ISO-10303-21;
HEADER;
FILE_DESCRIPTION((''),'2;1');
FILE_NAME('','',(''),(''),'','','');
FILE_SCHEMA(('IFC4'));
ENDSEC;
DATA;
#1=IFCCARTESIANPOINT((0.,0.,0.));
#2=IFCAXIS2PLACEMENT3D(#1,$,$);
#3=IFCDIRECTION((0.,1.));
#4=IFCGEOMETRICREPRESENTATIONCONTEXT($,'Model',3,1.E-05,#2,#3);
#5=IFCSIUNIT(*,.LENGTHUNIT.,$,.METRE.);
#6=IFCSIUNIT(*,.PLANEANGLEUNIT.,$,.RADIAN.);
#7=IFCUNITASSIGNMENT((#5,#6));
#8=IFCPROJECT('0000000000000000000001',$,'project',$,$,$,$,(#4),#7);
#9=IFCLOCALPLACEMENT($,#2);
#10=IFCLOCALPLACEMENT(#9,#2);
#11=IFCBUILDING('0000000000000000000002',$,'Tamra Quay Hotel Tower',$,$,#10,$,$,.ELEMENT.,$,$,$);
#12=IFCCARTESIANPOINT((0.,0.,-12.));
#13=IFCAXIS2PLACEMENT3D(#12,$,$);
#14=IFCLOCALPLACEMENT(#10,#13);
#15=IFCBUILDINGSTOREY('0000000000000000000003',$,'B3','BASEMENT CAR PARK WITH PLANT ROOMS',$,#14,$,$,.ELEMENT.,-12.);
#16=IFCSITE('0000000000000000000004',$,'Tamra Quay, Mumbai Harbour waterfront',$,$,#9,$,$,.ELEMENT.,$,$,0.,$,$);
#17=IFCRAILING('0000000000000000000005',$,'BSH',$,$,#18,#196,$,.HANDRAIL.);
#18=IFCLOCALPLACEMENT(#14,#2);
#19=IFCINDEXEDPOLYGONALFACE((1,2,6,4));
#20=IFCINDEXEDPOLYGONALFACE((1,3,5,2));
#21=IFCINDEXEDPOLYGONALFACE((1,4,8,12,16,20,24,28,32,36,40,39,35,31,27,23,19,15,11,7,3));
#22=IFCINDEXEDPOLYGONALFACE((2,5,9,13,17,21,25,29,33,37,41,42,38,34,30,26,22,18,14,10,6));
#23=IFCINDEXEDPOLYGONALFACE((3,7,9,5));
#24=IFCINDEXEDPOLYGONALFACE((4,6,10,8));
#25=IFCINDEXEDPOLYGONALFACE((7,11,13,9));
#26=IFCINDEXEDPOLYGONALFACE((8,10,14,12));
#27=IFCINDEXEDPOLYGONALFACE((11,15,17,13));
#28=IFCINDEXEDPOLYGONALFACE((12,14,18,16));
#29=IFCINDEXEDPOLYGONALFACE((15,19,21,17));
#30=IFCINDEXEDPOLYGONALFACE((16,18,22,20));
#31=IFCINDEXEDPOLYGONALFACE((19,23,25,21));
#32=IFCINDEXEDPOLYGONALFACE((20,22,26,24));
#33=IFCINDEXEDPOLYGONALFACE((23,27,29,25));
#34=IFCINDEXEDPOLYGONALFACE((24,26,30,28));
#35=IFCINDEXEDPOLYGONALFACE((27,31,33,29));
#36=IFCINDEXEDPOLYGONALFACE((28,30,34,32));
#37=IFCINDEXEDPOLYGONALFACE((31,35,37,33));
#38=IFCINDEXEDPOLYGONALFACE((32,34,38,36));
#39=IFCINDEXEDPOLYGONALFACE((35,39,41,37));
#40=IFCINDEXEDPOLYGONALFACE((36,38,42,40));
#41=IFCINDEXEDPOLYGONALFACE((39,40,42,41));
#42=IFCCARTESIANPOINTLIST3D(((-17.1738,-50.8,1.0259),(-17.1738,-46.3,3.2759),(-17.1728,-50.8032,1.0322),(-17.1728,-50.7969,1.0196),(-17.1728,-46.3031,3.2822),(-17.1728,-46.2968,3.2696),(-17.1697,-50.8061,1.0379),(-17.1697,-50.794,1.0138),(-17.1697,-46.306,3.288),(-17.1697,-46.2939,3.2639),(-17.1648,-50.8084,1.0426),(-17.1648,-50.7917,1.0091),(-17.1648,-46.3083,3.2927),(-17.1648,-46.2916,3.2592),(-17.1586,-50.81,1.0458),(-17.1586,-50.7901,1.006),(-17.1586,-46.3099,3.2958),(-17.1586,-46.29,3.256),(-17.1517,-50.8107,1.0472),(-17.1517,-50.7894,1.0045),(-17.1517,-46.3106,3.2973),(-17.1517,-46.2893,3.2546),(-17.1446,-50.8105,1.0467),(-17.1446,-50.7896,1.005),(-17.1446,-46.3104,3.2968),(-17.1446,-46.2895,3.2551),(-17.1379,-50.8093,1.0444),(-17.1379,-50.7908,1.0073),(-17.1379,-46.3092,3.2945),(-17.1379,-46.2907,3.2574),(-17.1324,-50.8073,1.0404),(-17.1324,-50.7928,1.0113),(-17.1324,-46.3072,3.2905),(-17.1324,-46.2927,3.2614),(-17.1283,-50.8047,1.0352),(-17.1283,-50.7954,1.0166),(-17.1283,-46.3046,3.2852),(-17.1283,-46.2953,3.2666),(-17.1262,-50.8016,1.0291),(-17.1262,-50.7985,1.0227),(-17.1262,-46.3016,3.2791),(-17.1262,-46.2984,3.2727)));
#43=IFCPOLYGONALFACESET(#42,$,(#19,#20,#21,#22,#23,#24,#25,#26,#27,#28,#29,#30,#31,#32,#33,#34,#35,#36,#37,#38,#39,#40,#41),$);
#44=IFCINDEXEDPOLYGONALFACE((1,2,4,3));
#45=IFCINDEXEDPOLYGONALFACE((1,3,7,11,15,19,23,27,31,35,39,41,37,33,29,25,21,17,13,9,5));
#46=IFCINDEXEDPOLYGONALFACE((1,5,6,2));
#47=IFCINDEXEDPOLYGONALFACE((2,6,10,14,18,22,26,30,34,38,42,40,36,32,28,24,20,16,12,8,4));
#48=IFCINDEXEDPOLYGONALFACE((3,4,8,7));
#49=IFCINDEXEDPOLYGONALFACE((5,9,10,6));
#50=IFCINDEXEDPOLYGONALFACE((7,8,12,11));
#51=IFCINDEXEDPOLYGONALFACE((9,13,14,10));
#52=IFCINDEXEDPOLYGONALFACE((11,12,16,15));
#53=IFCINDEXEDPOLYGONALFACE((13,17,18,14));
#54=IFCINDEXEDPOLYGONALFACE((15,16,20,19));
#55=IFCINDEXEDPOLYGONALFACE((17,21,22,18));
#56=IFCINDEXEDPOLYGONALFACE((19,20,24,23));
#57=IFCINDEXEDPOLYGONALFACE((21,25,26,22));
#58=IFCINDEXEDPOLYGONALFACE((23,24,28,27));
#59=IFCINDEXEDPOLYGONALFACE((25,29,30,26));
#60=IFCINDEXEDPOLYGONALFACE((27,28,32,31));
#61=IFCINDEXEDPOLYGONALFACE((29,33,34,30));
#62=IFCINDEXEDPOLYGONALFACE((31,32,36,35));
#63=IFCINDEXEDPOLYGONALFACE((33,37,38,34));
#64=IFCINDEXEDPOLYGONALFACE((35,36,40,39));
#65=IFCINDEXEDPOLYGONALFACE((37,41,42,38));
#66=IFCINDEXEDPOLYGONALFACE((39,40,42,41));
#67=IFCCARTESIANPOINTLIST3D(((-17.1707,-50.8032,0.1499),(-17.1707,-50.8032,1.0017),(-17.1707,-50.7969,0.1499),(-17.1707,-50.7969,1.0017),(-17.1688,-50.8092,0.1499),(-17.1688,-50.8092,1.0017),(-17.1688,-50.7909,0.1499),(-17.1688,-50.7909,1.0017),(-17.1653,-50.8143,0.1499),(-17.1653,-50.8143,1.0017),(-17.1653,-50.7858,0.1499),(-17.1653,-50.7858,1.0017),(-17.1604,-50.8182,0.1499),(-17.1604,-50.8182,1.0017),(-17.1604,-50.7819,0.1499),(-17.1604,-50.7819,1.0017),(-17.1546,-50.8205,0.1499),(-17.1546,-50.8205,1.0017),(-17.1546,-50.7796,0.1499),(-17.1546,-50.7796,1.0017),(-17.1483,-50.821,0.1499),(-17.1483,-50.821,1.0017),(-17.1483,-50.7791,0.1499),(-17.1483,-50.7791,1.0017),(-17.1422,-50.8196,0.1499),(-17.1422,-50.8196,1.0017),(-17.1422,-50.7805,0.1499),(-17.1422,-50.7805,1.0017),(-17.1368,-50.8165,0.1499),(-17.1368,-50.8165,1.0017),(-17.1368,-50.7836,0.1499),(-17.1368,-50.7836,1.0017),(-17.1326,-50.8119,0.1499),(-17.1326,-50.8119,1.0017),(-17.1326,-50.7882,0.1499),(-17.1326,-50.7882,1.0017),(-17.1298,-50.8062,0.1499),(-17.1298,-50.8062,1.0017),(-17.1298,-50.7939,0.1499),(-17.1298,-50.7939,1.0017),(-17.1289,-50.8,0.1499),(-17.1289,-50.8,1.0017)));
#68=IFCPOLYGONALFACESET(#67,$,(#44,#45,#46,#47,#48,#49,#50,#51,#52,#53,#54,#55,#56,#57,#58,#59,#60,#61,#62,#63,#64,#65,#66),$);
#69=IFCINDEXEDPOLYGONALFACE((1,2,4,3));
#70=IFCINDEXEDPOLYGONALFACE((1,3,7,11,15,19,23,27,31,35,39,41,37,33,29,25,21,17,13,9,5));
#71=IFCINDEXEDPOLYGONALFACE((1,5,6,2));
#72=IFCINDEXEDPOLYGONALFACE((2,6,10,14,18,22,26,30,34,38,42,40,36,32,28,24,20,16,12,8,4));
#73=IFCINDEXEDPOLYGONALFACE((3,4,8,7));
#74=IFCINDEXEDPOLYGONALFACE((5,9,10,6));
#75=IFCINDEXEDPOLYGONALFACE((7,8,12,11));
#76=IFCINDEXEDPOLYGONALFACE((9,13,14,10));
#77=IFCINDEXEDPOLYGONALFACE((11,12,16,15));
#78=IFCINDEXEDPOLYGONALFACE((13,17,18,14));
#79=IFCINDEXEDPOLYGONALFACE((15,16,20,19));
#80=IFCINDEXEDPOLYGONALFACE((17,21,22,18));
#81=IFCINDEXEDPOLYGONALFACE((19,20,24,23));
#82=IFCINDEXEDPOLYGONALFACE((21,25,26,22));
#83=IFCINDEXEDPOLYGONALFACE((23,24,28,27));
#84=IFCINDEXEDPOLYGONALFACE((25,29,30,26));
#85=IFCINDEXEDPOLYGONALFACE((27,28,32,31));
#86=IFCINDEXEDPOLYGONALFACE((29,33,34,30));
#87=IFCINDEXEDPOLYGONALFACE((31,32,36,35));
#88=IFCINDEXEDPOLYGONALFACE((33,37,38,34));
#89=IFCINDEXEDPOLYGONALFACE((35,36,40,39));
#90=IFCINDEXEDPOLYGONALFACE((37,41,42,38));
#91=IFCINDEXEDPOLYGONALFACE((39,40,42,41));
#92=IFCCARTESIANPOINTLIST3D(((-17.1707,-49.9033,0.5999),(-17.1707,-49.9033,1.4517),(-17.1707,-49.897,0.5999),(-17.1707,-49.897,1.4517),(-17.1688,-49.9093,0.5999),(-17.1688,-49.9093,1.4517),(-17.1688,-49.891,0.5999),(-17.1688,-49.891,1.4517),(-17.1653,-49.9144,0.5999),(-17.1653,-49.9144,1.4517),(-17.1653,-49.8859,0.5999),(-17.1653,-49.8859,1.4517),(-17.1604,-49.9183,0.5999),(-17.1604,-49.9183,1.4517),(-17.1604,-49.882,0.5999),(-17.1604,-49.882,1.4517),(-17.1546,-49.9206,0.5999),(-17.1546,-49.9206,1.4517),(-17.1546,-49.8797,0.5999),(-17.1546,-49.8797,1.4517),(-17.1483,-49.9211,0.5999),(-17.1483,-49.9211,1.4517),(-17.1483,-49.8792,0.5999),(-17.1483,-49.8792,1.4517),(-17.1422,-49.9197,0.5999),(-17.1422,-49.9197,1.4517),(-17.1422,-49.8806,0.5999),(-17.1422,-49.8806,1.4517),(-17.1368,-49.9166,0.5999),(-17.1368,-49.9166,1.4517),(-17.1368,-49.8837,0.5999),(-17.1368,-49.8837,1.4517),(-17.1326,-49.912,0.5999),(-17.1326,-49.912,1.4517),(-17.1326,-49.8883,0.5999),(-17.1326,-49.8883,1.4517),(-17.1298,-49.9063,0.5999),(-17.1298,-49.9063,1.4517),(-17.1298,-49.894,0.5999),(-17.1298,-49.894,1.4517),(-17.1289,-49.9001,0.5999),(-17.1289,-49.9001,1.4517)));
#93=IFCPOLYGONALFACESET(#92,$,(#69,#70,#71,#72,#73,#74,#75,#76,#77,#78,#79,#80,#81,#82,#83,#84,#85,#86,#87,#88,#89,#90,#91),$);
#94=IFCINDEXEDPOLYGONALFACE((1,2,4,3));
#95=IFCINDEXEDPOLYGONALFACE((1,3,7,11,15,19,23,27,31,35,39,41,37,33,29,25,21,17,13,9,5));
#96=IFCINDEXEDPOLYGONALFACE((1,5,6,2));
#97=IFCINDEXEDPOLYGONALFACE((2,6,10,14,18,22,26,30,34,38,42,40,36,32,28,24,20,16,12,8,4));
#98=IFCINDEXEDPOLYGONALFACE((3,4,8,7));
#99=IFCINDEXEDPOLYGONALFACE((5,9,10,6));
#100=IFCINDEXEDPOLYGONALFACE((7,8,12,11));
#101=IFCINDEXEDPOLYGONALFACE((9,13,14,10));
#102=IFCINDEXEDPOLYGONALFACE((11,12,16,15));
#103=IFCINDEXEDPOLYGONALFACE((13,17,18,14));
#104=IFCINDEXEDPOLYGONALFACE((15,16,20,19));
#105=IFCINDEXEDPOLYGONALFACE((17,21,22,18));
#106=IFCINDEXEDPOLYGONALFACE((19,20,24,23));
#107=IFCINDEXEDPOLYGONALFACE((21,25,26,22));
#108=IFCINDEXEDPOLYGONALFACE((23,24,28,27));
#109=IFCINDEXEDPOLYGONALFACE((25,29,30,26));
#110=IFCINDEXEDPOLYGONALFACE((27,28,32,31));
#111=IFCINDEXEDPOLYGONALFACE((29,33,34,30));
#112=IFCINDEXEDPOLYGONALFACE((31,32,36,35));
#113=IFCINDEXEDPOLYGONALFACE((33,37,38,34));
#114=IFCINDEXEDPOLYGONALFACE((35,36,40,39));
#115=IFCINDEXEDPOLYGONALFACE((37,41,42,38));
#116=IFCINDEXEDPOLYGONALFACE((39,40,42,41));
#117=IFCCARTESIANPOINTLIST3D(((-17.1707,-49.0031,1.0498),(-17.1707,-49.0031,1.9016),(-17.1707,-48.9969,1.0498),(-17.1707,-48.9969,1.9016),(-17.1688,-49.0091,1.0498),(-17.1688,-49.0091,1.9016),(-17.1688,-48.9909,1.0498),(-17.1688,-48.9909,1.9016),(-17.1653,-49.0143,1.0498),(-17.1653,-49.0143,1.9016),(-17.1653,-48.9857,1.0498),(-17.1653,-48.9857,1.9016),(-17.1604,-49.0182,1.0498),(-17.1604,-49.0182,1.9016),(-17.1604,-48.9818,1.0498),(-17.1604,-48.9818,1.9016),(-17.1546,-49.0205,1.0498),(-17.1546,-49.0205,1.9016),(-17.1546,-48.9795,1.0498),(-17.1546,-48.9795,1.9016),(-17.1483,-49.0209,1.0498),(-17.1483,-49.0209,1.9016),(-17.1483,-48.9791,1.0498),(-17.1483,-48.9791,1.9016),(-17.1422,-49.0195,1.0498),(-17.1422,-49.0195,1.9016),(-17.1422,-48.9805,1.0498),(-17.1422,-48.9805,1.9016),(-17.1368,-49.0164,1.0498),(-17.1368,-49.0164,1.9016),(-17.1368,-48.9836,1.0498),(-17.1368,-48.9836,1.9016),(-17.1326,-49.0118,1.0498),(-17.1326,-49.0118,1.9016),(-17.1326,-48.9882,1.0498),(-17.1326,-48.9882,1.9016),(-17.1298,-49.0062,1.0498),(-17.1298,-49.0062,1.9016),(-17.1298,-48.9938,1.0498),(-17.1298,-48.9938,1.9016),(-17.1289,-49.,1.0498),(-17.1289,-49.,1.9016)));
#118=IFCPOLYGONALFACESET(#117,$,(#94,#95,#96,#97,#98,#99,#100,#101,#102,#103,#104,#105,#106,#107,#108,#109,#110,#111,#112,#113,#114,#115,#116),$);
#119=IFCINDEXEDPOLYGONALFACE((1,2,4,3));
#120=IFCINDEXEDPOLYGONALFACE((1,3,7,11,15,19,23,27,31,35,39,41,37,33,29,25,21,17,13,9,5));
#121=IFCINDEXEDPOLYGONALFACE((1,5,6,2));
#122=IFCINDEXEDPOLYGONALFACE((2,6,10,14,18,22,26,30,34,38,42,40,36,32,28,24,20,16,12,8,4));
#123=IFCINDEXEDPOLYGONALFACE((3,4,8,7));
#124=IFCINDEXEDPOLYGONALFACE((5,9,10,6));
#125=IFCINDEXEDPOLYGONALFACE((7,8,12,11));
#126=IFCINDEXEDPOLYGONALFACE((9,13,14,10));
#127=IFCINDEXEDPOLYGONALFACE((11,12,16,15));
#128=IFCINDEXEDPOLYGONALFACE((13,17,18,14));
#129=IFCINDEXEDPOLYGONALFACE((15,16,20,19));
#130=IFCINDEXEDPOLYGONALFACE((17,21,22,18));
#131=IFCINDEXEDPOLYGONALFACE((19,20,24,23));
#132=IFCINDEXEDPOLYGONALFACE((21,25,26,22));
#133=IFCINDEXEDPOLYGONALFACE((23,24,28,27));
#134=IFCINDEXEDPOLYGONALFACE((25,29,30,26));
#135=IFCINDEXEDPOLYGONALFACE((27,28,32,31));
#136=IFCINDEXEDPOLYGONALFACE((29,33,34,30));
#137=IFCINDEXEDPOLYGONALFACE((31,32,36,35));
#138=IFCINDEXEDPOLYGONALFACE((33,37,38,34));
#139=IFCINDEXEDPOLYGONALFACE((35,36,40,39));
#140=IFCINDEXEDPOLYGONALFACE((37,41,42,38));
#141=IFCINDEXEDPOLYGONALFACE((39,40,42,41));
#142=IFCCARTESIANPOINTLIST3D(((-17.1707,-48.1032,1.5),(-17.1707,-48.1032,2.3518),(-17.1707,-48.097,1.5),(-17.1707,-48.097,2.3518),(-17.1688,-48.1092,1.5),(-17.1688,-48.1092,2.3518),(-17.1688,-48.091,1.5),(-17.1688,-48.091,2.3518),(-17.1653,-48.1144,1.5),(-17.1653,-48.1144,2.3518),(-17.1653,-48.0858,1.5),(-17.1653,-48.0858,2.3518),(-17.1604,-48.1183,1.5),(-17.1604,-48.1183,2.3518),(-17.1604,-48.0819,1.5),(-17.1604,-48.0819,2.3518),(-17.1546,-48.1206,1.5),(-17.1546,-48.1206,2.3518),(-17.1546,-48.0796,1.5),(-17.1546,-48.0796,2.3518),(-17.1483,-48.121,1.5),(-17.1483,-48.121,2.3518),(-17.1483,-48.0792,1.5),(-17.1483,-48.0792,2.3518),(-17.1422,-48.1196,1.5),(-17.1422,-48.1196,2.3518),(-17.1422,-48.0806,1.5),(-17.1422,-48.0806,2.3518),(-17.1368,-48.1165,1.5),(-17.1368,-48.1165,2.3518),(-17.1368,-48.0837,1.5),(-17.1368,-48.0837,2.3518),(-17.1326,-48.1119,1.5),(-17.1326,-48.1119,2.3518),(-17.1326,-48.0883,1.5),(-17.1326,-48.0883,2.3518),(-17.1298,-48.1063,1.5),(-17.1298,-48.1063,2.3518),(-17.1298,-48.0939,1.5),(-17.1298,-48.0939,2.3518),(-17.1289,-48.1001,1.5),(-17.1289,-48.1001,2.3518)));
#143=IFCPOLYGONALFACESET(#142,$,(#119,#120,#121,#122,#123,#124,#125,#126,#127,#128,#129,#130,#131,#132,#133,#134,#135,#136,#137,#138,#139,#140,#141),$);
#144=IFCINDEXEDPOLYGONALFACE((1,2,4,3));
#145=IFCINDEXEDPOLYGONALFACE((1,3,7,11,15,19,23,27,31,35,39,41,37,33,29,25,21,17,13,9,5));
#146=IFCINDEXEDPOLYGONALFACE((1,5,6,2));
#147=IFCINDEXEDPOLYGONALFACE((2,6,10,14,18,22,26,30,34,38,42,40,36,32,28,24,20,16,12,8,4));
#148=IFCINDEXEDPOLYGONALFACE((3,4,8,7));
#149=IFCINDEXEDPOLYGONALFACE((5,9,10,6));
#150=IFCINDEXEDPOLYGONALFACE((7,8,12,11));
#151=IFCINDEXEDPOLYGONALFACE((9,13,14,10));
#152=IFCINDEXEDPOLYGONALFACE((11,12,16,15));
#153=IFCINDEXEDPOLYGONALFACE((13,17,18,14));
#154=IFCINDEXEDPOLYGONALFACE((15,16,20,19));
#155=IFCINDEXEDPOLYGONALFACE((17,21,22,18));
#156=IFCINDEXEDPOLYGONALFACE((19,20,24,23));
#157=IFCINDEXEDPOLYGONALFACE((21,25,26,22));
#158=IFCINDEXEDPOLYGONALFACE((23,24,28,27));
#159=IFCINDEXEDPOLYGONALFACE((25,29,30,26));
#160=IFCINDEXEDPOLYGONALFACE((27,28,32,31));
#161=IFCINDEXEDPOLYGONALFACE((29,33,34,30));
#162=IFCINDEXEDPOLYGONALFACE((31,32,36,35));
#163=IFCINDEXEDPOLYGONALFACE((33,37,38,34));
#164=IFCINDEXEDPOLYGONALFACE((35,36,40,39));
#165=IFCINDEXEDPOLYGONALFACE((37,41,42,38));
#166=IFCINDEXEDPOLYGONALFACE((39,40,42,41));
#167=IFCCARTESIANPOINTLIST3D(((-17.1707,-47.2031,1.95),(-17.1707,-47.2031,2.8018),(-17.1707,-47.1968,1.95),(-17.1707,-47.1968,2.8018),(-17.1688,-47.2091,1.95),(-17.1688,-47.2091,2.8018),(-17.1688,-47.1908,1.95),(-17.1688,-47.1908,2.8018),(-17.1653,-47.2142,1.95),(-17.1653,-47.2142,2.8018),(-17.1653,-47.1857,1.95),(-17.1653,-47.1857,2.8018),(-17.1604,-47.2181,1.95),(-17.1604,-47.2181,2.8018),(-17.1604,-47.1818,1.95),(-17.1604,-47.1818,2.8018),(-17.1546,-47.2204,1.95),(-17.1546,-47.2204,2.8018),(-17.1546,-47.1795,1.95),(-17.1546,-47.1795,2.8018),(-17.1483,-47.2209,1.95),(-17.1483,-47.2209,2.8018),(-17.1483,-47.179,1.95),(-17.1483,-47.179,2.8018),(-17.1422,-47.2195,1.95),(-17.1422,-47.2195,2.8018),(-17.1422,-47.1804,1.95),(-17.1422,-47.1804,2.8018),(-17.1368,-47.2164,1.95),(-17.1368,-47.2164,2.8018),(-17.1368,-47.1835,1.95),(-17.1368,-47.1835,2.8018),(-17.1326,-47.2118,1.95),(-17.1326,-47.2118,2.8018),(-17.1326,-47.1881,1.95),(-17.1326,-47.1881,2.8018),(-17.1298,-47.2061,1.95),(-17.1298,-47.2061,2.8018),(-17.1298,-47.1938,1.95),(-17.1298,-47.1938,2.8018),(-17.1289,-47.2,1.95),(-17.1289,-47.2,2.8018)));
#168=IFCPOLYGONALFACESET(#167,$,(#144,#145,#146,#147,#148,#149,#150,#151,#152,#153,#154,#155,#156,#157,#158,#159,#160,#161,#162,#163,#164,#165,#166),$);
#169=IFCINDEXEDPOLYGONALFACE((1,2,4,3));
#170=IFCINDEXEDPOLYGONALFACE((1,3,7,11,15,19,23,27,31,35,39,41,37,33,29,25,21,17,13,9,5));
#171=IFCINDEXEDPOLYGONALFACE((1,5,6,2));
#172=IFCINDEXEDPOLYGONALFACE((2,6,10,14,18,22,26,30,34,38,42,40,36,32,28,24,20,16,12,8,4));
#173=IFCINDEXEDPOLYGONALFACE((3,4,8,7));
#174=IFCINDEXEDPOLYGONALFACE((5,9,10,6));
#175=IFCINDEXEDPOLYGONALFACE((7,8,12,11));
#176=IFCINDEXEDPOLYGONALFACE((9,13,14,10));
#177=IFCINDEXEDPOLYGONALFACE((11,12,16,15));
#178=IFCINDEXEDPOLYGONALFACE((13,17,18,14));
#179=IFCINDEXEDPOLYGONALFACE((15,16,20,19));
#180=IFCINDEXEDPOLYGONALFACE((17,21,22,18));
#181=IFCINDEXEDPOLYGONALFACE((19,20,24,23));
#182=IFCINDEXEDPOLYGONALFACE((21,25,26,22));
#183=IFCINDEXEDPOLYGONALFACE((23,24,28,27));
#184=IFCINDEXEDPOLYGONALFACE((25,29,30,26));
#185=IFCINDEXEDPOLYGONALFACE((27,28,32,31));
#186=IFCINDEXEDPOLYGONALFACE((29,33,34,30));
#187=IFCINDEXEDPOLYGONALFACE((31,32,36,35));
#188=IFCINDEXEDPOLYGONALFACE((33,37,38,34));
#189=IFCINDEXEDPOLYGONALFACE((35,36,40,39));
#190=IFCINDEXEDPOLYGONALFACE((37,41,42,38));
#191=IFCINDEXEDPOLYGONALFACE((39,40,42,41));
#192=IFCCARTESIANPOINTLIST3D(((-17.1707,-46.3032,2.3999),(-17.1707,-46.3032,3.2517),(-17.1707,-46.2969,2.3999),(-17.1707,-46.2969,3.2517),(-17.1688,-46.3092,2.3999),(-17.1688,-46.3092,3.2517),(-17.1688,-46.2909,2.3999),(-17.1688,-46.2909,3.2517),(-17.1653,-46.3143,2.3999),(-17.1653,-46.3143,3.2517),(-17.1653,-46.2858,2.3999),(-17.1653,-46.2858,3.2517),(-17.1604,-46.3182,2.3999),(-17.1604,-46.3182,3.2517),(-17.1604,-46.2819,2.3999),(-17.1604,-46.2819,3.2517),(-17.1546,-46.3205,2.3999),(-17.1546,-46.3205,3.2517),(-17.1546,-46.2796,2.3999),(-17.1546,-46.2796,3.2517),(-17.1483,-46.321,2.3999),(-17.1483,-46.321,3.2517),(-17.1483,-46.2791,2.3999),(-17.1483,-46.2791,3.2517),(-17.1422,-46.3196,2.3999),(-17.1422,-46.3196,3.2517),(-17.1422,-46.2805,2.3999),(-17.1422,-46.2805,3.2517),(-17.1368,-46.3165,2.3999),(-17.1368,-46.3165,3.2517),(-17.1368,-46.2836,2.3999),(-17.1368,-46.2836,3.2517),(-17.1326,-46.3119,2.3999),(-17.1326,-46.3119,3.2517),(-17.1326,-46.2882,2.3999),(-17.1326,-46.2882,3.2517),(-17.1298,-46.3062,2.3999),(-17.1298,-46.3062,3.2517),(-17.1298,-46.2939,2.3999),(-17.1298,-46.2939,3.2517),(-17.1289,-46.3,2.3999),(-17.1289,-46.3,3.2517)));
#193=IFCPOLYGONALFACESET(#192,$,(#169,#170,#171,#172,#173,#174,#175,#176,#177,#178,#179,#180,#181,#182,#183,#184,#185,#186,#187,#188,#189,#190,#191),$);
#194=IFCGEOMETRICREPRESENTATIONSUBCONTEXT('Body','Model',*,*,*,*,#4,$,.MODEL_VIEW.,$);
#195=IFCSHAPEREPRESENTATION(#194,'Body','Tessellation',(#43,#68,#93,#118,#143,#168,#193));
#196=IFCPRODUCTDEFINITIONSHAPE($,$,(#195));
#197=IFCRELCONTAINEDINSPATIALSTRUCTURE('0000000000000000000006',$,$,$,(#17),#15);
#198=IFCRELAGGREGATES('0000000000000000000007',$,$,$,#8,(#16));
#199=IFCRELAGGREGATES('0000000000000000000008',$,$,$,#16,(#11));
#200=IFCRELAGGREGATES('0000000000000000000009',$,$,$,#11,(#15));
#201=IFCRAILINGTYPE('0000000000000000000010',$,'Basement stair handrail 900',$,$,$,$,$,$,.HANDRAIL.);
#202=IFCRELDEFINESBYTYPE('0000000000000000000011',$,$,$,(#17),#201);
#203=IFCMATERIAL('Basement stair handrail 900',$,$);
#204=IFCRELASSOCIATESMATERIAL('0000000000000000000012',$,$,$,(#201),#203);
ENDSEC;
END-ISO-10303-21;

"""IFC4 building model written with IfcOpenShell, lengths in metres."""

from ifc_helpers import new_model, si_unit, direction, frame, origin, origin_2d, place, context, subcontext, project, spatial, circle, extrude, material, type_object, element, save


model = new_model("IFC4")

# Units and contexts
model_context = context("Model", 3, precision=1e-05, world=origin(), true_north=direction((0.0, 1.0)))
body_context = subcontext(model_context, "Body", "Model", "MODEL_VIEW")
ifc_project = project(units=[si_unit("LENGTHUNIT", "METRE"), si_unit("PLANEANGLEUNIT", "RADIAN")], contexts=[model_context])

# Site, building, storey
site_placement = place(None, origin())
site = spatial("IfcSite", under=ifc_project, at=site_placement, Name="Tamra Quay, Mumbai Harbour waterfront", CompositionType="ELEMENT", RefElevation=0.0)
building_placement = place(site_placement, origin())
building = spatial("IfcBuilding", under=site, at=building_placement, Name="Tamra Quay Hotel Tower", CompositionType="ELEMENT")
storey_placement = place(building_placement, frame((0.0, 0.0, -12.0)))
storey = spatial("IfcBuildingStorey", under=building, at=storey_placement, Name="B3", Description="BASEMENT CAR PARK WITH PLANT ROOMS", CompositionType="ELEMENT", Elevation=-12.0)

# Railing
ifc_material_1 = material(Name="Basement stair handrail 900")
railing_type_1 = type_object("IfcRailingType", Name="Basement stair handrail 900", PredefinedType="HANDRAIL", material=ifc_material_1)
railing_1_placement = place(storey_placement, frame((-17.1499, -50.8, 0.1499)))
element("IfcRailing", 1, at=railing_1_placement, inside=storey, type_object=railing_type_1, Name="BSH", PredefinedType="HANDRAIL", context=body_context, shape_type="SweptSolid", body=[
    extrude(circle(Radius=0.0239, at=origin_2d()), frame((0.0, 0.0, 0.876), z_axis=(0.0, 0.894427, 0.447214), x_axis=(-1.0, 0.0, 0.0)), (0.0, 0.0, 1.0), 5.0312),
    extrude(circle(Radius=0.021, at=origin_2d()), origin(), (0.0, 0.0, 1.0), 0.8518),
    extrude(circle(Radius=0.021, at=origin_2d()), frame((0.0, 0.8999, 0.45)), (0.0, 0.0, 1.0), 0.8518),
    extrude(circle(Radius=0.021, at=origin_2d()), frame((0.0, 1.8, 0.8999)), (0.0, 0.0, 1.0), 0.8518),
    extrude(circle(Radius=0.021, at=origin_2d()), frame((0.0, 2.7, 1.3501)), (0.0, 0.0, 1.0), 0.8518),
    extrude(circle(Radius=0.021, at=origin_2d()), frame((0.0, 3.6001, 1.8)), (0.0, 0.0, 1.0), 0.8518),
    extrude(circle(Radius=0.021, at=origin_2d()), frame((0.0, 4.5, 2.25)), (0.0, 0.0, 1.0), 0.8518),
])

save(model, "model.ifc")
